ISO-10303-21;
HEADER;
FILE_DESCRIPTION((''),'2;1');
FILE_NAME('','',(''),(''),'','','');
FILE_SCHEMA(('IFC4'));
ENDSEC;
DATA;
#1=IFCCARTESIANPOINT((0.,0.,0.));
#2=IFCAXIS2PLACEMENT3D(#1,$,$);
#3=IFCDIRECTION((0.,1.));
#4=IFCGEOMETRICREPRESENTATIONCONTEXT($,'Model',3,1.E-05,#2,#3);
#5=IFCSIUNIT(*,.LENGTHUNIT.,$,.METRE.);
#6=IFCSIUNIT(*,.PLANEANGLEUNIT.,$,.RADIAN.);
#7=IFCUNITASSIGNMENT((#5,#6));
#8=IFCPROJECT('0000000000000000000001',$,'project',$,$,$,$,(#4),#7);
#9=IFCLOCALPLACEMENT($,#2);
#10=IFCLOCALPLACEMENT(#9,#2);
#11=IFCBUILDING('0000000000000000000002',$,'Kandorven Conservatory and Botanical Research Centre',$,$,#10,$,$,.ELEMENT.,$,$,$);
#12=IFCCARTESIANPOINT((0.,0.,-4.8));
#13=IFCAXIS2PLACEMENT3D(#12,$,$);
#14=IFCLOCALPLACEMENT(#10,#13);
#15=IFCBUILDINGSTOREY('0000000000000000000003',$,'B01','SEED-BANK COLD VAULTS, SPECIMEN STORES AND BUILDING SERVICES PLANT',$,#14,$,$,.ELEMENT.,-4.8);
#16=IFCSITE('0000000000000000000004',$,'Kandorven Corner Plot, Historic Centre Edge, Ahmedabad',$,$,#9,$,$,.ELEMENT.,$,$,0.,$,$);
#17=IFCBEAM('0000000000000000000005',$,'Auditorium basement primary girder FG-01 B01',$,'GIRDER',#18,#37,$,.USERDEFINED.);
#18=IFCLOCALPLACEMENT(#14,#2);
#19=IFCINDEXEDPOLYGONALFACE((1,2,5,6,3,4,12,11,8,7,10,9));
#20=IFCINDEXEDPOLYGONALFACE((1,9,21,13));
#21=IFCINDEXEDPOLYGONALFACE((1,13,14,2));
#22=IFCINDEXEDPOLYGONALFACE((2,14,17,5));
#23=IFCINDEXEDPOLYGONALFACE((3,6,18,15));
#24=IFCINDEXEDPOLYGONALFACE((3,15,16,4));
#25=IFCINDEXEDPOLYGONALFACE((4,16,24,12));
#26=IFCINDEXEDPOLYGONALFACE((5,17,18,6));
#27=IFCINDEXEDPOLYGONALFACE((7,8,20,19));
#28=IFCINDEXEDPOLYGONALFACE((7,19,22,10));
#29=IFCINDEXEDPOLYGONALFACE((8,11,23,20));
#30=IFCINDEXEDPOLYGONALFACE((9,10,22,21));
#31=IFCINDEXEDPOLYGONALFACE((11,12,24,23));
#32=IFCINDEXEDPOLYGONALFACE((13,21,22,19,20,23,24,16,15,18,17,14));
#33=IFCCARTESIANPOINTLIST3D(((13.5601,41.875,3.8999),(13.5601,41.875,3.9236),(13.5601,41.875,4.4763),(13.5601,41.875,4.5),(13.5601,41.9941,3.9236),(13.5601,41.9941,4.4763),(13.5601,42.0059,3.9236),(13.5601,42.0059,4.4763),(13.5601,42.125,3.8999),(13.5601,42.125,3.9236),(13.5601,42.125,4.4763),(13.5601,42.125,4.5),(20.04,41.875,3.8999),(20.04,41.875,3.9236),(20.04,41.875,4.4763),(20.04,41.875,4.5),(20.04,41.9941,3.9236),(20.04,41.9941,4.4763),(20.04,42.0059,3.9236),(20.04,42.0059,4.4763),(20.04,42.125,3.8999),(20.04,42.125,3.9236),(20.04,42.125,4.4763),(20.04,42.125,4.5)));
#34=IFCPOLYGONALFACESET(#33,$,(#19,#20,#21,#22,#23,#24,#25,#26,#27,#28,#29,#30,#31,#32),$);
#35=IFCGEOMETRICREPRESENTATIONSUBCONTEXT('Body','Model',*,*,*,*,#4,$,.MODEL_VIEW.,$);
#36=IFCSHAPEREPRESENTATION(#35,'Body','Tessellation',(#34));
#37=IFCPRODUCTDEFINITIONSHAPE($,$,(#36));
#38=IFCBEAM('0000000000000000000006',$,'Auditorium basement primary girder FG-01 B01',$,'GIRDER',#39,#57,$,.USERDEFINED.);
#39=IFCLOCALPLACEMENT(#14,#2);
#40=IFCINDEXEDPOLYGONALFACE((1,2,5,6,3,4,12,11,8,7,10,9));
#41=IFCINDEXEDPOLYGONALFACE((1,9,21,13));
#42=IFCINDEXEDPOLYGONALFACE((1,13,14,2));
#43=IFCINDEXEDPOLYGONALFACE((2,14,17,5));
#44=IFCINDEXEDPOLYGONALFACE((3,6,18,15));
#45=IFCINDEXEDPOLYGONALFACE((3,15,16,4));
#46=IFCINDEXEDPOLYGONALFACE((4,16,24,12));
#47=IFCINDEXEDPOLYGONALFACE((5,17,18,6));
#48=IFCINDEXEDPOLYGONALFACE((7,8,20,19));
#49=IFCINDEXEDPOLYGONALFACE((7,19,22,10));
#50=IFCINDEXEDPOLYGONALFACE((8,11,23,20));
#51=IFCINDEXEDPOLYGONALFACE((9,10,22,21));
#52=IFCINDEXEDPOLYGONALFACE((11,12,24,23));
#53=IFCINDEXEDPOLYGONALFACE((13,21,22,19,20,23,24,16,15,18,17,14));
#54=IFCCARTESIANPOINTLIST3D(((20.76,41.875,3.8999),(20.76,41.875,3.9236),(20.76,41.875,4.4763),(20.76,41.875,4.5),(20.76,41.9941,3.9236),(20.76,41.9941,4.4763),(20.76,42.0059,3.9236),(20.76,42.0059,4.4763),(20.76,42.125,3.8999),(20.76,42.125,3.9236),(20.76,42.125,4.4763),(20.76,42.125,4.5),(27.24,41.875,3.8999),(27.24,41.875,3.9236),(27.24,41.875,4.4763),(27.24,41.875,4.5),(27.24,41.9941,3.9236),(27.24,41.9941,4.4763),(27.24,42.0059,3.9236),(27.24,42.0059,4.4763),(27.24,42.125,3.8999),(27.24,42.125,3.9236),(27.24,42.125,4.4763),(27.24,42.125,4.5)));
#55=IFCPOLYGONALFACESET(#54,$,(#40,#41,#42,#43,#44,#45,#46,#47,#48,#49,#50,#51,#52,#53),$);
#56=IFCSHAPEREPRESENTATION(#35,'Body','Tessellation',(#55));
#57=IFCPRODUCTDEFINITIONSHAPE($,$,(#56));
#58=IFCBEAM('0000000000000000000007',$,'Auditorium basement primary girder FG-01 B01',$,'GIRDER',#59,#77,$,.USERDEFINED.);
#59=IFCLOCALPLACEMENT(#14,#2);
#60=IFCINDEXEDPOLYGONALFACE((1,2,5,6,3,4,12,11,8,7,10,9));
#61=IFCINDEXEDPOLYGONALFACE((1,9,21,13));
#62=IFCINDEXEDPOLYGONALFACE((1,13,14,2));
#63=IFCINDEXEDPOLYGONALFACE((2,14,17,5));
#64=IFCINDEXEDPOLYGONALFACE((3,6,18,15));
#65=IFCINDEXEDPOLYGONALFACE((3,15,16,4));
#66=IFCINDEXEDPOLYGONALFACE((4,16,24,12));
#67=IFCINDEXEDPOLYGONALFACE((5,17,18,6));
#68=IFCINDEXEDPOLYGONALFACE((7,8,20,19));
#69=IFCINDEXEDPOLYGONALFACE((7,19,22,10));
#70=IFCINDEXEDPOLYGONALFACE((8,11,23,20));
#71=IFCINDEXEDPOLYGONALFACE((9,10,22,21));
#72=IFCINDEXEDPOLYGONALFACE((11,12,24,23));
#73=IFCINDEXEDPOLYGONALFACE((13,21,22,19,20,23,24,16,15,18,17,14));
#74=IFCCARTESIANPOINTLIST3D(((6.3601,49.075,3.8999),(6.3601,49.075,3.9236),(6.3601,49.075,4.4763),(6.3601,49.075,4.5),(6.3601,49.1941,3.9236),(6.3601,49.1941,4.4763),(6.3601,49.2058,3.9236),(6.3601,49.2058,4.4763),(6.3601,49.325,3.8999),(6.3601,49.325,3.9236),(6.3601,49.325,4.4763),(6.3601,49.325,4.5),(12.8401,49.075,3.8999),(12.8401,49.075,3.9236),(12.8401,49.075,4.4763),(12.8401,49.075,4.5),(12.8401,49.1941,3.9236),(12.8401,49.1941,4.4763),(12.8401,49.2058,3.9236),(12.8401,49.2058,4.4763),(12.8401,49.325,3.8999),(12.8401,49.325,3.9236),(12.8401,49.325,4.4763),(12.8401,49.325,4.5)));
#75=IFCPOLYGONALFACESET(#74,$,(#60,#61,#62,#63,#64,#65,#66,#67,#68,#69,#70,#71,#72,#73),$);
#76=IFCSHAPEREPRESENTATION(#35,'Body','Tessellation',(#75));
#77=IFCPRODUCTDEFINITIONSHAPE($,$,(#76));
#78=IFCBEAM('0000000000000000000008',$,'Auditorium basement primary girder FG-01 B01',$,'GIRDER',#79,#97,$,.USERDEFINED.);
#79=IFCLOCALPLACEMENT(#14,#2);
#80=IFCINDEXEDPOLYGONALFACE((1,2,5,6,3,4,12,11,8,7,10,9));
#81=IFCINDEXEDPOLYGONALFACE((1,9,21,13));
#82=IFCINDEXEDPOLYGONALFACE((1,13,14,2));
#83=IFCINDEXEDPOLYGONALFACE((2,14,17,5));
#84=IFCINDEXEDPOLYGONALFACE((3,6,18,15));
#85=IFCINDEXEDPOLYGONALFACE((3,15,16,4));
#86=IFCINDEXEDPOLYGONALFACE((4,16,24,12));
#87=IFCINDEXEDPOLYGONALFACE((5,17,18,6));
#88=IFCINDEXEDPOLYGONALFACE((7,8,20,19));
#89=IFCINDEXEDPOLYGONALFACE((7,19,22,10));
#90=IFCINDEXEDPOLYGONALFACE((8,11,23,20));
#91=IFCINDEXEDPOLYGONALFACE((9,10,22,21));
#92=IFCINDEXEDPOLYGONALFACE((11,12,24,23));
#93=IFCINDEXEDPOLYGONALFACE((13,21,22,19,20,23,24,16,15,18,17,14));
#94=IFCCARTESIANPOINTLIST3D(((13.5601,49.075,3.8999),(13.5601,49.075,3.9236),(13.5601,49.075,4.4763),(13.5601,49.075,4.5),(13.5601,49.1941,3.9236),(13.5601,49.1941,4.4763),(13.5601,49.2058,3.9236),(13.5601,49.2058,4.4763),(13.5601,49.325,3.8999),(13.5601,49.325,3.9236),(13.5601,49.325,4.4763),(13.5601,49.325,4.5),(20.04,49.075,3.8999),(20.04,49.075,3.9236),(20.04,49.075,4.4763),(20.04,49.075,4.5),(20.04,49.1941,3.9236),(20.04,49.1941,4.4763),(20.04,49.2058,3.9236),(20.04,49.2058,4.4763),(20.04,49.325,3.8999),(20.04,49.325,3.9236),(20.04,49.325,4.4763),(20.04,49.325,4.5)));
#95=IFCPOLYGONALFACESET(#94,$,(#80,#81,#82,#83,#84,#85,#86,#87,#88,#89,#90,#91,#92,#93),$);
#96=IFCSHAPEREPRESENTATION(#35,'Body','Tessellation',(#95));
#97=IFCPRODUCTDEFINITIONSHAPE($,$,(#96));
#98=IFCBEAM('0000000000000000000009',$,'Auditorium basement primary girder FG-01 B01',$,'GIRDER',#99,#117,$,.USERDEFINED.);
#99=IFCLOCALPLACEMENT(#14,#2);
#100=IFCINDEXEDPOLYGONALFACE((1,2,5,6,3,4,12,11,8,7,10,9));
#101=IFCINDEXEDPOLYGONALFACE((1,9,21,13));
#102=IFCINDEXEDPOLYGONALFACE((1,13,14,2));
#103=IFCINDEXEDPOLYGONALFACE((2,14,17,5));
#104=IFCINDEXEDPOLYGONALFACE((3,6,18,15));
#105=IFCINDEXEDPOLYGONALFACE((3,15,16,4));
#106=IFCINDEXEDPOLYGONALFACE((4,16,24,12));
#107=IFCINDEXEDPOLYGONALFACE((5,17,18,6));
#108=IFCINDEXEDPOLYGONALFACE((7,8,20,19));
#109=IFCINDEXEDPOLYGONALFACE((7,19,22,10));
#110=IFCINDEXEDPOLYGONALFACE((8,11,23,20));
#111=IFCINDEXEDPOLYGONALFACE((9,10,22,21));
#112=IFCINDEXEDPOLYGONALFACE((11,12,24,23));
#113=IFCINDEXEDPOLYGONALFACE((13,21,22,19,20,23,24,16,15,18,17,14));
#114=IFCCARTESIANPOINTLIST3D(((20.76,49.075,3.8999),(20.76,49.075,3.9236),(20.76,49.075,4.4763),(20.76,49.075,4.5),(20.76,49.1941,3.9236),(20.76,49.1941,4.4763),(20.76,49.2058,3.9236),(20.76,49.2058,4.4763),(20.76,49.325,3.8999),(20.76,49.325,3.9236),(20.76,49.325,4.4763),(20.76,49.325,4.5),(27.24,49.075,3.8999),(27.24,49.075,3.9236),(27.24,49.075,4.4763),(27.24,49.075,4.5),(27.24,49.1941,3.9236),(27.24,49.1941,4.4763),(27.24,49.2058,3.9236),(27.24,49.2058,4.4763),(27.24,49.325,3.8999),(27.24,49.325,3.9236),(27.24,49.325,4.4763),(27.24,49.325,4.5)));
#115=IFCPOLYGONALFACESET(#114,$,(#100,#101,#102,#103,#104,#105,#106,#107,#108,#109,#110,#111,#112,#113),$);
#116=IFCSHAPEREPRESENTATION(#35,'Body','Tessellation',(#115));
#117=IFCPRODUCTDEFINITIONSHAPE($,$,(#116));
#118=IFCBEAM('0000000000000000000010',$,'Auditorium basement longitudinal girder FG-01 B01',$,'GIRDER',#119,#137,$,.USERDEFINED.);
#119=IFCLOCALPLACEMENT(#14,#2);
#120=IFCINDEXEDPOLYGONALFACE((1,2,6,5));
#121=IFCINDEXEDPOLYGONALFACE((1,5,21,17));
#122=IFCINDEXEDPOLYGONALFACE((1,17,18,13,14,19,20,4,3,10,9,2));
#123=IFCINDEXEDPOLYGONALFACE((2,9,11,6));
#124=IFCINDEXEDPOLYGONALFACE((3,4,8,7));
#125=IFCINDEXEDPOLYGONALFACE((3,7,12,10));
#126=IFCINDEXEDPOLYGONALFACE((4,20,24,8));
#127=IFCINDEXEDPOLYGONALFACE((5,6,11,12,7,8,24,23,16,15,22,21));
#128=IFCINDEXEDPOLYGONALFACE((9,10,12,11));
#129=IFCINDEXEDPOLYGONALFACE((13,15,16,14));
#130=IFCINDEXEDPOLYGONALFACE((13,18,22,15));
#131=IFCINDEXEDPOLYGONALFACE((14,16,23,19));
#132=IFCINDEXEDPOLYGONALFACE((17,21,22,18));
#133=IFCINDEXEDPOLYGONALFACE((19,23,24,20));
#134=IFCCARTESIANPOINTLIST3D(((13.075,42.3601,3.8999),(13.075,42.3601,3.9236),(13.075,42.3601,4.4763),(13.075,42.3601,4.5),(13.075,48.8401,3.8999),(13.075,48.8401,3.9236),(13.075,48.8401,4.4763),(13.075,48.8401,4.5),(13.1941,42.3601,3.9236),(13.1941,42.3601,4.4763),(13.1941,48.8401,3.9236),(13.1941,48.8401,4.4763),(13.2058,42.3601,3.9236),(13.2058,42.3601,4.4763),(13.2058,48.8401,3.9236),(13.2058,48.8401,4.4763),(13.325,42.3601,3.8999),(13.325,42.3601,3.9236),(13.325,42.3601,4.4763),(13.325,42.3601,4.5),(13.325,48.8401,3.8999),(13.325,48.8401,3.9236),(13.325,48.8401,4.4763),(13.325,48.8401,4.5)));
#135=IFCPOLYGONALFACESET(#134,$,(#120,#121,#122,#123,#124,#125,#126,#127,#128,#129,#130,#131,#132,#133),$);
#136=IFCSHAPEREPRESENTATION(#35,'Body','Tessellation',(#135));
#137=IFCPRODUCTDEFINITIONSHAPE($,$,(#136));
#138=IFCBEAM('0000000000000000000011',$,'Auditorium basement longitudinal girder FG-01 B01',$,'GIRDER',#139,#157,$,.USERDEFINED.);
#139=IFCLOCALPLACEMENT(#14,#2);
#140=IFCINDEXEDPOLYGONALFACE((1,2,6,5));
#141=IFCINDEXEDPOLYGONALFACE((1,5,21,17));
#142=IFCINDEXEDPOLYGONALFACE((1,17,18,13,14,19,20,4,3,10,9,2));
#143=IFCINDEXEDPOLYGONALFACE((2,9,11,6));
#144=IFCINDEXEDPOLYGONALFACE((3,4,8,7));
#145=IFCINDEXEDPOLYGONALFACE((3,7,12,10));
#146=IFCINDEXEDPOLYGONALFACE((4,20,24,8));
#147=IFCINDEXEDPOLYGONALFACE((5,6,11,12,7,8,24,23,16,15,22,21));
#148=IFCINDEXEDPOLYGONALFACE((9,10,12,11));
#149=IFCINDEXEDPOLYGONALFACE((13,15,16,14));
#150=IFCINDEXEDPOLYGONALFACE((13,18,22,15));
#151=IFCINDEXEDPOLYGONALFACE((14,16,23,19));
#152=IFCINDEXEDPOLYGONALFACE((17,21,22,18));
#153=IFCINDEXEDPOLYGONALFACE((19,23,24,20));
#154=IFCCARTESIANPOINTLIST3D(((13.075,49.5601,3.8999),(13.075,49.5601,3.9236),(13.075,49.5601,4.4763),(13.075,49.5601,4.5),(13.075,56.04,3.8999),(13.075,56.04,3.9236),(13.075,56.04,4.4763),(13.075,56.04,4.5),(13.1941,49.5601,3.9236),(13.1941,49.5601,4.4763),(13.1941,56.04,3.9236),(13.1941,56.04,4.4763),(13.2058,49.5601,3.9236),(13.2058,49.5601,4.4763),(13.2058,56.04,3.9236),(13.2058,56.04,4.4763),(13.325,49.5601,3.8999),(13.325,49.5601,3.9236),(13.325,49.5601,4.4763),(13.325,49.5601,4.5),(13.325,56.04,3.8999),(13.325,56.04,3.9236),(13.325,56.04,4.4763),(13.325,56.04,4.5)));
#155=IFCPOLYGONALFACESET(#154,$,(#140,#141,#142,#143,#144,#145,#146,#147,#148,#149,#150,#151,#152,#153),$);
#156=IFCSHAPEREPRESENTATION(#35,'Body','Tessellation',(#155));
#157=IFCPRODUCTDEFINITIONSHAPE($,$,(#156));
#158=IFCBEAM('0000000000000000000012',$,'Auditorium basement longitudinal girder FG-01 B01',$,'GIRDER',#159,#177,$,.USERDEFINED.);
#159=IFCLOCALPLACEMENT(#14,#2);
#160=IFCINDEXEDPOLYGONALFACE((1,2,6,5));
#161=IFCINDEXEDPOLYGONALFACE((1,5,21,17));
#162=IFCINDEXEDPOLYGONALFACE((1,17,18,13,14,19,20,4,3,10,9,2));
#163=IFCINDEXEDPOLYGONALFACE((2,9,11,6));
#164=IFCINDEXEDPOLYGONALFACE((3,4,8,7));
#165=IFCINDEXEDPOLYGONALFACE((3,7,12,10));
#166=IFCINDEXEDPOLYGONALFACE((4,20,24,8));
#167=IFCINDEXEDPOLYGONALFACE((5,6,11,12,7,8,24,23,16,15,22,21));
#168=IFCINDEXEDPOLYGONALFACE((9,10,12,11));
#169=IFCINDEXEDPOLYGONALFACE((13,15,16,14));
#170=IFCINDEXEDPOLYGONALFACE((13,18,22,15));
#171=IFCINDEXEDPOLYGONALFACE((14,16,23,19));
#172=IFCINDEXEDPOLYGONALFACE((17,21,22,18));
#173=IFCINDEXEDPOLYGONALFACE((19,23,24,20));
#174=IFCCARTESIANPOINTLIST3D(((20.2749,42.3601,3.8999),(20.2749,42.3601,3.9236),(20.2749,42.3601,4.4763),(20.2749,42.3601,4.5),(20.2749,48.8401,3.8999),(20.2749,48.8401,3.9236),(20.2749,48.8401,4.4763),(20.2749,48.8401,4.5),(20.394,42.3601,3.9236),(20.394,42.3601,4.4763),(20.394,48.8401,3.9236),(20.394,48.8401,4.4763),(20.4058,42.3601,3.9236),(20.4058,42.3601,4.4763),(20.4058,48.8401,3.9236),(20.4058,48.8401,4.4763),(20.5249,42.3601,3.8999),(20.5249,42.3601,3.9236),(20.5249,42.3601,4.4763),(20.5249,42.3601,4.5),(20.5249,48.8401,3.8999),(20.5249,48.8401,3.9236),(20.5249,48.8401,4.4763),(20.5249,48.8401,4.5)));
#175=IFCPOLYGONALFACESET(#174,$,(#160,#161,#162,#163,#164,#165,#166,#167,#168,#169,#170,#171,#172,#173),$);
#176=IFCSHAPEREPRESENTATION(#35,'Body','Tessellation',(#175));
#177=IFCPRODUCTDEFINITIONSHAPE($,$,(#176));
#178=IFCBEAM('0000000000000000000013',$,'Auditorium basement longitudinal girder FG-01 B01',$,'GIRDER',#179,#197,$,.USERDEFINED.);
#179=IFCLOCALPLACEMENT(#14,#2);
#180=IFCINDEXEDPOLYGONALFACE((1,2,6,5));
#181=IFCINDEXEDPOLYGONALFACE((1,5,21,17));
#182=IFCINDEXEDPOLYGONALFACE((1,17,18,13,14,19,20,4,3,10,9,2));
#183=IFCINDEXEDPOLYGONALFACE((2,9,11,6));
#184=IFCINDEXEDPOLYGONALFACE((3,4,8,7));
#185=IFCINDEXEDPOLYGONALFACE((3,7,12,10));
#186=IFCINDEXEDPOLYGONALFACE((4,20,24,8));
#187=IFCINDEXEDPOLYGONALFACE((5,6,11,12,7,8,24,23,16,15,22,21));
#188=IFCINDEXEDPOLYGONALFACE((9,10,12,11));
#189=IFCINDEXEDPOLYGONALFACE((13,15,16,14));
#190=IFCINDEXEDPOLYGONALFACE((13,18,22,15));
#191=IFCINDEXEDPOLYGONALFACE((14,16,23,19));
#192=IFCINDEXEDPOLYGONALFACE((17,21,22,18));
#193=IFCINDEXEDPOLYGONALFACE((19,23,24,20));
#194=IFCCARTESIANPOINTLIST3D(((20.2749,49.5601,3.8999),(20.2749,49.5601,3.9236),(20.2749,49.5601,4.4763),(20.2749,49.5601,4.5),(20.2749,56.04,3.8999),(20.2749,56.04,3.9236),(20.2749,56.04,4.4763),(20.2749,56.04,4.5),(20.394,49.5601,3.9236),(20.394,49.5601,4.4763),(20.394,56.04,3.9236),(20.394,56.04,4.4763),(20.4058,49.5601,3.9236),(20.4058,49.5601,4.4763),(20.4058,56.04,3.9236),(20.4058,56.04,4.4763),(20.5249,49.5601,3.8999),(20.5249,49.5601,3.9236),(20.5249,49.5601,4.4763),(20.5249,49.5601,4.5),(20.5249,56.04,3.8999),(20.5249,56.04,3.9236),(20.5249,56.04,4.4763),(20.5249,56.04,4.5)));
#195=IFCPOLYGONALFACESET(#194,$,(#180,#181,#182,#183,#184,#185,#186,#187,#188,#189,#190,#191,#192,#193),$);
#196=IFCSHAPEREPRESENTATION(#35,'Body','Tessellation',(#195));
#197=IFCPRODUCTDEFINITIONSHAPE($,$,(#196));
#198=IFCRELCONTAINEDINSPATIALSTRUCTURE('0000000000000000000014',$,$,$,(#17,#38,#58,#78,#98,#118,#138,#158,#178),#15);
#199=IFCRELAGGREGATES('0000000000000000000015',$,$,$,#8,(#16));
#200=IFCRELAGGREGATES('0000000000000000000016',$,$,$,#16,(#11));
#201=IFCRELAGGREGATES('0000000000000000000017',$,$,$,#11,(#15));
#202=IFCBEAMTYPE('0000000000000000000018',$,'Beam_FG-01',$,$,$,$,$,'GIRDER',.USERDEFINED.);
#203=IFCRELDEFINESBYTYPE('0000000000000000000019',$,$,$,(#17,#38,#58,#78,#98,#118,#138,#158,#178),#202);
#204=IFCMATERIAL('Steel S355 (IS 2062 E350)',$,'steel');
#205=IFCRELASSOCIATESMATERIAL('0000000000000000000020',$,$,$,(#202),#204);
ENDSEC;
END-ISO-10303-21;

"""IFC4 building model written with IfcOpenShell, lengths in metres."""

from ifc_helpers import new_model, si_unit, direction, frame, origin, origin_2d, place, context, subcontext, project, spatial, i_section, extrude, material, material_profile, profile_set, type_object, element, save


model = new_model("IFC4")

# Units and contexts
model_context = context("Model", 3, precision=1e-05, world=origin(), true_north=direction((0.0, 1.0)))
body_context = subcontext(model_context, "Body", "Model", "MODEL_VIEW")
ifc_project = project(units=[si_unit("LENGTHUNIT", "METRE"), si_unit("PLANEANGLEUNIT", "RADIAN")], contexts=[model_context])

# Site, building, storey
site_placement = place(None, origin())
site = spatial("IfcSite", under=ifc_project, at=site_placement, Name="Kandorven Corner Plot, Historic Centre Edge, Ahmedabad", CompositionType="ELEMENT", RefElevation=0.0)
building_placement = place(site_placement, origin())
building = spatial("IfcBuilding", under=site, at=building_placement, Name="Kandorven Conservatory and Botanical Research Centre", CompositionType="ELEMENT")
storey_placement = place(building_placement, frame((0.0, 0.0, -4.8)))
storey = spatial("IfcBuildingStorey", under=building, at=storey_placement, Name="B01", Description="SEED-BANK COLD VAULTS, SPECIMEN STORES AND BUILDING SERVICES PLANT", CompositionType="ELEMENT", Elevation=-4.8)

# Beams
ifc_material_1 = material(Name="Steel S355 (IS 2062 E350)", Category="steel")
ifc_material_profile_1 = material_profile(ifc_material_1, i_section(OverallWidth=0.25, OverallDepth=0.6001, WebThickness=0.0117, FlangeThickness=0.0237, at=origin_2d()))
ifc_profile_set_1 = profile_set([ifc_material_profile_1], Name="Steel S355 (IS 2062 E350)")
beam_type_1 = type_object("IfcBeamType", Name="Beam_FG-01", ElementType="GIRDER", PredefinedType="USERDEFINED", material=ifc_profile_set_1)
for number, where, z_axis, x_axis, name in (
    (1, (13.5601, 42.0, 4.2), (1.0, 0.0, 0.0), (0.0, 1.0, 0.0), "Auditorium basement primary girder FG-01 B01"),
    (2, (20.76, 42.0, 4.2), (1.0, 0.0, 0.0), (0.0, 1.0, 0.0), "Auditorium basement primary girder FG-01 B01"),
    (3, (6.3601, 49.2, 4.2), (1.0, 0.0, 0.0), (0.0, 1.0, 0.0), "Auditorium basement primary girder FG-01 B01"),
    (4, (13.5601, 49.2, 4.2), (1.0, 0.0, 0.0), (0.0, 1.0, 0.0), "Auditorium basement primary girder FG-01 B01"),
    (5, (20.76, 49.2, 4.2), (1.0, 0.0, 0.0), (0.0, 1.0, 0.0), "Auditorium basement primary girder FG-01 B01"),
    (6, (13.2, 42.3601, 4.2), (0.0, 1.0, 0.0), (-1.0, 0.0, 0.0), "Auditorium basement longitudinal girder FG-01 B01"),
    (7, (13.2, 49.5601, 4.2), (0.0, 1.0, 0.0), (-1.0, 0.0, 0.0), "Auditorium basement longitudinal girder FG-01 B01"),
    (8, (20.3999, 42.3601, 4.2), (0.0, 1.0, 0.0), (-1.0, 0.0, 0.0), "Auditorium basement longitudinal girder FG-01 B01"),
    (9, (20.3999, 49.5601, 4.2), (0.0, 1.0, 0.0), (-1.0, 0.0, 0.0), "Auditorium basement longitudinal girder FG-01 B01"),
):
    element("IfcBeam", number, at=place(storey_placement, frame(where, z_axis=z_axis, x_axis=x_axis)), inside=storey, type_object=beam_type_1, Name=name, ObjectType="GIRDER", PredefinedType="USERDEFINED", context=body_context, shape_type="SweptSolid", body=[
        extrude(i_section(OverallWidth=0.25, OverallDepth=0.6001, WebThickness=0.0117, FlangeThickness=0.0237, at=origin_2d()), origin(), (0.0, 0.0, 1.0), 6.48),
    ])

save(model, "model.ifc")
